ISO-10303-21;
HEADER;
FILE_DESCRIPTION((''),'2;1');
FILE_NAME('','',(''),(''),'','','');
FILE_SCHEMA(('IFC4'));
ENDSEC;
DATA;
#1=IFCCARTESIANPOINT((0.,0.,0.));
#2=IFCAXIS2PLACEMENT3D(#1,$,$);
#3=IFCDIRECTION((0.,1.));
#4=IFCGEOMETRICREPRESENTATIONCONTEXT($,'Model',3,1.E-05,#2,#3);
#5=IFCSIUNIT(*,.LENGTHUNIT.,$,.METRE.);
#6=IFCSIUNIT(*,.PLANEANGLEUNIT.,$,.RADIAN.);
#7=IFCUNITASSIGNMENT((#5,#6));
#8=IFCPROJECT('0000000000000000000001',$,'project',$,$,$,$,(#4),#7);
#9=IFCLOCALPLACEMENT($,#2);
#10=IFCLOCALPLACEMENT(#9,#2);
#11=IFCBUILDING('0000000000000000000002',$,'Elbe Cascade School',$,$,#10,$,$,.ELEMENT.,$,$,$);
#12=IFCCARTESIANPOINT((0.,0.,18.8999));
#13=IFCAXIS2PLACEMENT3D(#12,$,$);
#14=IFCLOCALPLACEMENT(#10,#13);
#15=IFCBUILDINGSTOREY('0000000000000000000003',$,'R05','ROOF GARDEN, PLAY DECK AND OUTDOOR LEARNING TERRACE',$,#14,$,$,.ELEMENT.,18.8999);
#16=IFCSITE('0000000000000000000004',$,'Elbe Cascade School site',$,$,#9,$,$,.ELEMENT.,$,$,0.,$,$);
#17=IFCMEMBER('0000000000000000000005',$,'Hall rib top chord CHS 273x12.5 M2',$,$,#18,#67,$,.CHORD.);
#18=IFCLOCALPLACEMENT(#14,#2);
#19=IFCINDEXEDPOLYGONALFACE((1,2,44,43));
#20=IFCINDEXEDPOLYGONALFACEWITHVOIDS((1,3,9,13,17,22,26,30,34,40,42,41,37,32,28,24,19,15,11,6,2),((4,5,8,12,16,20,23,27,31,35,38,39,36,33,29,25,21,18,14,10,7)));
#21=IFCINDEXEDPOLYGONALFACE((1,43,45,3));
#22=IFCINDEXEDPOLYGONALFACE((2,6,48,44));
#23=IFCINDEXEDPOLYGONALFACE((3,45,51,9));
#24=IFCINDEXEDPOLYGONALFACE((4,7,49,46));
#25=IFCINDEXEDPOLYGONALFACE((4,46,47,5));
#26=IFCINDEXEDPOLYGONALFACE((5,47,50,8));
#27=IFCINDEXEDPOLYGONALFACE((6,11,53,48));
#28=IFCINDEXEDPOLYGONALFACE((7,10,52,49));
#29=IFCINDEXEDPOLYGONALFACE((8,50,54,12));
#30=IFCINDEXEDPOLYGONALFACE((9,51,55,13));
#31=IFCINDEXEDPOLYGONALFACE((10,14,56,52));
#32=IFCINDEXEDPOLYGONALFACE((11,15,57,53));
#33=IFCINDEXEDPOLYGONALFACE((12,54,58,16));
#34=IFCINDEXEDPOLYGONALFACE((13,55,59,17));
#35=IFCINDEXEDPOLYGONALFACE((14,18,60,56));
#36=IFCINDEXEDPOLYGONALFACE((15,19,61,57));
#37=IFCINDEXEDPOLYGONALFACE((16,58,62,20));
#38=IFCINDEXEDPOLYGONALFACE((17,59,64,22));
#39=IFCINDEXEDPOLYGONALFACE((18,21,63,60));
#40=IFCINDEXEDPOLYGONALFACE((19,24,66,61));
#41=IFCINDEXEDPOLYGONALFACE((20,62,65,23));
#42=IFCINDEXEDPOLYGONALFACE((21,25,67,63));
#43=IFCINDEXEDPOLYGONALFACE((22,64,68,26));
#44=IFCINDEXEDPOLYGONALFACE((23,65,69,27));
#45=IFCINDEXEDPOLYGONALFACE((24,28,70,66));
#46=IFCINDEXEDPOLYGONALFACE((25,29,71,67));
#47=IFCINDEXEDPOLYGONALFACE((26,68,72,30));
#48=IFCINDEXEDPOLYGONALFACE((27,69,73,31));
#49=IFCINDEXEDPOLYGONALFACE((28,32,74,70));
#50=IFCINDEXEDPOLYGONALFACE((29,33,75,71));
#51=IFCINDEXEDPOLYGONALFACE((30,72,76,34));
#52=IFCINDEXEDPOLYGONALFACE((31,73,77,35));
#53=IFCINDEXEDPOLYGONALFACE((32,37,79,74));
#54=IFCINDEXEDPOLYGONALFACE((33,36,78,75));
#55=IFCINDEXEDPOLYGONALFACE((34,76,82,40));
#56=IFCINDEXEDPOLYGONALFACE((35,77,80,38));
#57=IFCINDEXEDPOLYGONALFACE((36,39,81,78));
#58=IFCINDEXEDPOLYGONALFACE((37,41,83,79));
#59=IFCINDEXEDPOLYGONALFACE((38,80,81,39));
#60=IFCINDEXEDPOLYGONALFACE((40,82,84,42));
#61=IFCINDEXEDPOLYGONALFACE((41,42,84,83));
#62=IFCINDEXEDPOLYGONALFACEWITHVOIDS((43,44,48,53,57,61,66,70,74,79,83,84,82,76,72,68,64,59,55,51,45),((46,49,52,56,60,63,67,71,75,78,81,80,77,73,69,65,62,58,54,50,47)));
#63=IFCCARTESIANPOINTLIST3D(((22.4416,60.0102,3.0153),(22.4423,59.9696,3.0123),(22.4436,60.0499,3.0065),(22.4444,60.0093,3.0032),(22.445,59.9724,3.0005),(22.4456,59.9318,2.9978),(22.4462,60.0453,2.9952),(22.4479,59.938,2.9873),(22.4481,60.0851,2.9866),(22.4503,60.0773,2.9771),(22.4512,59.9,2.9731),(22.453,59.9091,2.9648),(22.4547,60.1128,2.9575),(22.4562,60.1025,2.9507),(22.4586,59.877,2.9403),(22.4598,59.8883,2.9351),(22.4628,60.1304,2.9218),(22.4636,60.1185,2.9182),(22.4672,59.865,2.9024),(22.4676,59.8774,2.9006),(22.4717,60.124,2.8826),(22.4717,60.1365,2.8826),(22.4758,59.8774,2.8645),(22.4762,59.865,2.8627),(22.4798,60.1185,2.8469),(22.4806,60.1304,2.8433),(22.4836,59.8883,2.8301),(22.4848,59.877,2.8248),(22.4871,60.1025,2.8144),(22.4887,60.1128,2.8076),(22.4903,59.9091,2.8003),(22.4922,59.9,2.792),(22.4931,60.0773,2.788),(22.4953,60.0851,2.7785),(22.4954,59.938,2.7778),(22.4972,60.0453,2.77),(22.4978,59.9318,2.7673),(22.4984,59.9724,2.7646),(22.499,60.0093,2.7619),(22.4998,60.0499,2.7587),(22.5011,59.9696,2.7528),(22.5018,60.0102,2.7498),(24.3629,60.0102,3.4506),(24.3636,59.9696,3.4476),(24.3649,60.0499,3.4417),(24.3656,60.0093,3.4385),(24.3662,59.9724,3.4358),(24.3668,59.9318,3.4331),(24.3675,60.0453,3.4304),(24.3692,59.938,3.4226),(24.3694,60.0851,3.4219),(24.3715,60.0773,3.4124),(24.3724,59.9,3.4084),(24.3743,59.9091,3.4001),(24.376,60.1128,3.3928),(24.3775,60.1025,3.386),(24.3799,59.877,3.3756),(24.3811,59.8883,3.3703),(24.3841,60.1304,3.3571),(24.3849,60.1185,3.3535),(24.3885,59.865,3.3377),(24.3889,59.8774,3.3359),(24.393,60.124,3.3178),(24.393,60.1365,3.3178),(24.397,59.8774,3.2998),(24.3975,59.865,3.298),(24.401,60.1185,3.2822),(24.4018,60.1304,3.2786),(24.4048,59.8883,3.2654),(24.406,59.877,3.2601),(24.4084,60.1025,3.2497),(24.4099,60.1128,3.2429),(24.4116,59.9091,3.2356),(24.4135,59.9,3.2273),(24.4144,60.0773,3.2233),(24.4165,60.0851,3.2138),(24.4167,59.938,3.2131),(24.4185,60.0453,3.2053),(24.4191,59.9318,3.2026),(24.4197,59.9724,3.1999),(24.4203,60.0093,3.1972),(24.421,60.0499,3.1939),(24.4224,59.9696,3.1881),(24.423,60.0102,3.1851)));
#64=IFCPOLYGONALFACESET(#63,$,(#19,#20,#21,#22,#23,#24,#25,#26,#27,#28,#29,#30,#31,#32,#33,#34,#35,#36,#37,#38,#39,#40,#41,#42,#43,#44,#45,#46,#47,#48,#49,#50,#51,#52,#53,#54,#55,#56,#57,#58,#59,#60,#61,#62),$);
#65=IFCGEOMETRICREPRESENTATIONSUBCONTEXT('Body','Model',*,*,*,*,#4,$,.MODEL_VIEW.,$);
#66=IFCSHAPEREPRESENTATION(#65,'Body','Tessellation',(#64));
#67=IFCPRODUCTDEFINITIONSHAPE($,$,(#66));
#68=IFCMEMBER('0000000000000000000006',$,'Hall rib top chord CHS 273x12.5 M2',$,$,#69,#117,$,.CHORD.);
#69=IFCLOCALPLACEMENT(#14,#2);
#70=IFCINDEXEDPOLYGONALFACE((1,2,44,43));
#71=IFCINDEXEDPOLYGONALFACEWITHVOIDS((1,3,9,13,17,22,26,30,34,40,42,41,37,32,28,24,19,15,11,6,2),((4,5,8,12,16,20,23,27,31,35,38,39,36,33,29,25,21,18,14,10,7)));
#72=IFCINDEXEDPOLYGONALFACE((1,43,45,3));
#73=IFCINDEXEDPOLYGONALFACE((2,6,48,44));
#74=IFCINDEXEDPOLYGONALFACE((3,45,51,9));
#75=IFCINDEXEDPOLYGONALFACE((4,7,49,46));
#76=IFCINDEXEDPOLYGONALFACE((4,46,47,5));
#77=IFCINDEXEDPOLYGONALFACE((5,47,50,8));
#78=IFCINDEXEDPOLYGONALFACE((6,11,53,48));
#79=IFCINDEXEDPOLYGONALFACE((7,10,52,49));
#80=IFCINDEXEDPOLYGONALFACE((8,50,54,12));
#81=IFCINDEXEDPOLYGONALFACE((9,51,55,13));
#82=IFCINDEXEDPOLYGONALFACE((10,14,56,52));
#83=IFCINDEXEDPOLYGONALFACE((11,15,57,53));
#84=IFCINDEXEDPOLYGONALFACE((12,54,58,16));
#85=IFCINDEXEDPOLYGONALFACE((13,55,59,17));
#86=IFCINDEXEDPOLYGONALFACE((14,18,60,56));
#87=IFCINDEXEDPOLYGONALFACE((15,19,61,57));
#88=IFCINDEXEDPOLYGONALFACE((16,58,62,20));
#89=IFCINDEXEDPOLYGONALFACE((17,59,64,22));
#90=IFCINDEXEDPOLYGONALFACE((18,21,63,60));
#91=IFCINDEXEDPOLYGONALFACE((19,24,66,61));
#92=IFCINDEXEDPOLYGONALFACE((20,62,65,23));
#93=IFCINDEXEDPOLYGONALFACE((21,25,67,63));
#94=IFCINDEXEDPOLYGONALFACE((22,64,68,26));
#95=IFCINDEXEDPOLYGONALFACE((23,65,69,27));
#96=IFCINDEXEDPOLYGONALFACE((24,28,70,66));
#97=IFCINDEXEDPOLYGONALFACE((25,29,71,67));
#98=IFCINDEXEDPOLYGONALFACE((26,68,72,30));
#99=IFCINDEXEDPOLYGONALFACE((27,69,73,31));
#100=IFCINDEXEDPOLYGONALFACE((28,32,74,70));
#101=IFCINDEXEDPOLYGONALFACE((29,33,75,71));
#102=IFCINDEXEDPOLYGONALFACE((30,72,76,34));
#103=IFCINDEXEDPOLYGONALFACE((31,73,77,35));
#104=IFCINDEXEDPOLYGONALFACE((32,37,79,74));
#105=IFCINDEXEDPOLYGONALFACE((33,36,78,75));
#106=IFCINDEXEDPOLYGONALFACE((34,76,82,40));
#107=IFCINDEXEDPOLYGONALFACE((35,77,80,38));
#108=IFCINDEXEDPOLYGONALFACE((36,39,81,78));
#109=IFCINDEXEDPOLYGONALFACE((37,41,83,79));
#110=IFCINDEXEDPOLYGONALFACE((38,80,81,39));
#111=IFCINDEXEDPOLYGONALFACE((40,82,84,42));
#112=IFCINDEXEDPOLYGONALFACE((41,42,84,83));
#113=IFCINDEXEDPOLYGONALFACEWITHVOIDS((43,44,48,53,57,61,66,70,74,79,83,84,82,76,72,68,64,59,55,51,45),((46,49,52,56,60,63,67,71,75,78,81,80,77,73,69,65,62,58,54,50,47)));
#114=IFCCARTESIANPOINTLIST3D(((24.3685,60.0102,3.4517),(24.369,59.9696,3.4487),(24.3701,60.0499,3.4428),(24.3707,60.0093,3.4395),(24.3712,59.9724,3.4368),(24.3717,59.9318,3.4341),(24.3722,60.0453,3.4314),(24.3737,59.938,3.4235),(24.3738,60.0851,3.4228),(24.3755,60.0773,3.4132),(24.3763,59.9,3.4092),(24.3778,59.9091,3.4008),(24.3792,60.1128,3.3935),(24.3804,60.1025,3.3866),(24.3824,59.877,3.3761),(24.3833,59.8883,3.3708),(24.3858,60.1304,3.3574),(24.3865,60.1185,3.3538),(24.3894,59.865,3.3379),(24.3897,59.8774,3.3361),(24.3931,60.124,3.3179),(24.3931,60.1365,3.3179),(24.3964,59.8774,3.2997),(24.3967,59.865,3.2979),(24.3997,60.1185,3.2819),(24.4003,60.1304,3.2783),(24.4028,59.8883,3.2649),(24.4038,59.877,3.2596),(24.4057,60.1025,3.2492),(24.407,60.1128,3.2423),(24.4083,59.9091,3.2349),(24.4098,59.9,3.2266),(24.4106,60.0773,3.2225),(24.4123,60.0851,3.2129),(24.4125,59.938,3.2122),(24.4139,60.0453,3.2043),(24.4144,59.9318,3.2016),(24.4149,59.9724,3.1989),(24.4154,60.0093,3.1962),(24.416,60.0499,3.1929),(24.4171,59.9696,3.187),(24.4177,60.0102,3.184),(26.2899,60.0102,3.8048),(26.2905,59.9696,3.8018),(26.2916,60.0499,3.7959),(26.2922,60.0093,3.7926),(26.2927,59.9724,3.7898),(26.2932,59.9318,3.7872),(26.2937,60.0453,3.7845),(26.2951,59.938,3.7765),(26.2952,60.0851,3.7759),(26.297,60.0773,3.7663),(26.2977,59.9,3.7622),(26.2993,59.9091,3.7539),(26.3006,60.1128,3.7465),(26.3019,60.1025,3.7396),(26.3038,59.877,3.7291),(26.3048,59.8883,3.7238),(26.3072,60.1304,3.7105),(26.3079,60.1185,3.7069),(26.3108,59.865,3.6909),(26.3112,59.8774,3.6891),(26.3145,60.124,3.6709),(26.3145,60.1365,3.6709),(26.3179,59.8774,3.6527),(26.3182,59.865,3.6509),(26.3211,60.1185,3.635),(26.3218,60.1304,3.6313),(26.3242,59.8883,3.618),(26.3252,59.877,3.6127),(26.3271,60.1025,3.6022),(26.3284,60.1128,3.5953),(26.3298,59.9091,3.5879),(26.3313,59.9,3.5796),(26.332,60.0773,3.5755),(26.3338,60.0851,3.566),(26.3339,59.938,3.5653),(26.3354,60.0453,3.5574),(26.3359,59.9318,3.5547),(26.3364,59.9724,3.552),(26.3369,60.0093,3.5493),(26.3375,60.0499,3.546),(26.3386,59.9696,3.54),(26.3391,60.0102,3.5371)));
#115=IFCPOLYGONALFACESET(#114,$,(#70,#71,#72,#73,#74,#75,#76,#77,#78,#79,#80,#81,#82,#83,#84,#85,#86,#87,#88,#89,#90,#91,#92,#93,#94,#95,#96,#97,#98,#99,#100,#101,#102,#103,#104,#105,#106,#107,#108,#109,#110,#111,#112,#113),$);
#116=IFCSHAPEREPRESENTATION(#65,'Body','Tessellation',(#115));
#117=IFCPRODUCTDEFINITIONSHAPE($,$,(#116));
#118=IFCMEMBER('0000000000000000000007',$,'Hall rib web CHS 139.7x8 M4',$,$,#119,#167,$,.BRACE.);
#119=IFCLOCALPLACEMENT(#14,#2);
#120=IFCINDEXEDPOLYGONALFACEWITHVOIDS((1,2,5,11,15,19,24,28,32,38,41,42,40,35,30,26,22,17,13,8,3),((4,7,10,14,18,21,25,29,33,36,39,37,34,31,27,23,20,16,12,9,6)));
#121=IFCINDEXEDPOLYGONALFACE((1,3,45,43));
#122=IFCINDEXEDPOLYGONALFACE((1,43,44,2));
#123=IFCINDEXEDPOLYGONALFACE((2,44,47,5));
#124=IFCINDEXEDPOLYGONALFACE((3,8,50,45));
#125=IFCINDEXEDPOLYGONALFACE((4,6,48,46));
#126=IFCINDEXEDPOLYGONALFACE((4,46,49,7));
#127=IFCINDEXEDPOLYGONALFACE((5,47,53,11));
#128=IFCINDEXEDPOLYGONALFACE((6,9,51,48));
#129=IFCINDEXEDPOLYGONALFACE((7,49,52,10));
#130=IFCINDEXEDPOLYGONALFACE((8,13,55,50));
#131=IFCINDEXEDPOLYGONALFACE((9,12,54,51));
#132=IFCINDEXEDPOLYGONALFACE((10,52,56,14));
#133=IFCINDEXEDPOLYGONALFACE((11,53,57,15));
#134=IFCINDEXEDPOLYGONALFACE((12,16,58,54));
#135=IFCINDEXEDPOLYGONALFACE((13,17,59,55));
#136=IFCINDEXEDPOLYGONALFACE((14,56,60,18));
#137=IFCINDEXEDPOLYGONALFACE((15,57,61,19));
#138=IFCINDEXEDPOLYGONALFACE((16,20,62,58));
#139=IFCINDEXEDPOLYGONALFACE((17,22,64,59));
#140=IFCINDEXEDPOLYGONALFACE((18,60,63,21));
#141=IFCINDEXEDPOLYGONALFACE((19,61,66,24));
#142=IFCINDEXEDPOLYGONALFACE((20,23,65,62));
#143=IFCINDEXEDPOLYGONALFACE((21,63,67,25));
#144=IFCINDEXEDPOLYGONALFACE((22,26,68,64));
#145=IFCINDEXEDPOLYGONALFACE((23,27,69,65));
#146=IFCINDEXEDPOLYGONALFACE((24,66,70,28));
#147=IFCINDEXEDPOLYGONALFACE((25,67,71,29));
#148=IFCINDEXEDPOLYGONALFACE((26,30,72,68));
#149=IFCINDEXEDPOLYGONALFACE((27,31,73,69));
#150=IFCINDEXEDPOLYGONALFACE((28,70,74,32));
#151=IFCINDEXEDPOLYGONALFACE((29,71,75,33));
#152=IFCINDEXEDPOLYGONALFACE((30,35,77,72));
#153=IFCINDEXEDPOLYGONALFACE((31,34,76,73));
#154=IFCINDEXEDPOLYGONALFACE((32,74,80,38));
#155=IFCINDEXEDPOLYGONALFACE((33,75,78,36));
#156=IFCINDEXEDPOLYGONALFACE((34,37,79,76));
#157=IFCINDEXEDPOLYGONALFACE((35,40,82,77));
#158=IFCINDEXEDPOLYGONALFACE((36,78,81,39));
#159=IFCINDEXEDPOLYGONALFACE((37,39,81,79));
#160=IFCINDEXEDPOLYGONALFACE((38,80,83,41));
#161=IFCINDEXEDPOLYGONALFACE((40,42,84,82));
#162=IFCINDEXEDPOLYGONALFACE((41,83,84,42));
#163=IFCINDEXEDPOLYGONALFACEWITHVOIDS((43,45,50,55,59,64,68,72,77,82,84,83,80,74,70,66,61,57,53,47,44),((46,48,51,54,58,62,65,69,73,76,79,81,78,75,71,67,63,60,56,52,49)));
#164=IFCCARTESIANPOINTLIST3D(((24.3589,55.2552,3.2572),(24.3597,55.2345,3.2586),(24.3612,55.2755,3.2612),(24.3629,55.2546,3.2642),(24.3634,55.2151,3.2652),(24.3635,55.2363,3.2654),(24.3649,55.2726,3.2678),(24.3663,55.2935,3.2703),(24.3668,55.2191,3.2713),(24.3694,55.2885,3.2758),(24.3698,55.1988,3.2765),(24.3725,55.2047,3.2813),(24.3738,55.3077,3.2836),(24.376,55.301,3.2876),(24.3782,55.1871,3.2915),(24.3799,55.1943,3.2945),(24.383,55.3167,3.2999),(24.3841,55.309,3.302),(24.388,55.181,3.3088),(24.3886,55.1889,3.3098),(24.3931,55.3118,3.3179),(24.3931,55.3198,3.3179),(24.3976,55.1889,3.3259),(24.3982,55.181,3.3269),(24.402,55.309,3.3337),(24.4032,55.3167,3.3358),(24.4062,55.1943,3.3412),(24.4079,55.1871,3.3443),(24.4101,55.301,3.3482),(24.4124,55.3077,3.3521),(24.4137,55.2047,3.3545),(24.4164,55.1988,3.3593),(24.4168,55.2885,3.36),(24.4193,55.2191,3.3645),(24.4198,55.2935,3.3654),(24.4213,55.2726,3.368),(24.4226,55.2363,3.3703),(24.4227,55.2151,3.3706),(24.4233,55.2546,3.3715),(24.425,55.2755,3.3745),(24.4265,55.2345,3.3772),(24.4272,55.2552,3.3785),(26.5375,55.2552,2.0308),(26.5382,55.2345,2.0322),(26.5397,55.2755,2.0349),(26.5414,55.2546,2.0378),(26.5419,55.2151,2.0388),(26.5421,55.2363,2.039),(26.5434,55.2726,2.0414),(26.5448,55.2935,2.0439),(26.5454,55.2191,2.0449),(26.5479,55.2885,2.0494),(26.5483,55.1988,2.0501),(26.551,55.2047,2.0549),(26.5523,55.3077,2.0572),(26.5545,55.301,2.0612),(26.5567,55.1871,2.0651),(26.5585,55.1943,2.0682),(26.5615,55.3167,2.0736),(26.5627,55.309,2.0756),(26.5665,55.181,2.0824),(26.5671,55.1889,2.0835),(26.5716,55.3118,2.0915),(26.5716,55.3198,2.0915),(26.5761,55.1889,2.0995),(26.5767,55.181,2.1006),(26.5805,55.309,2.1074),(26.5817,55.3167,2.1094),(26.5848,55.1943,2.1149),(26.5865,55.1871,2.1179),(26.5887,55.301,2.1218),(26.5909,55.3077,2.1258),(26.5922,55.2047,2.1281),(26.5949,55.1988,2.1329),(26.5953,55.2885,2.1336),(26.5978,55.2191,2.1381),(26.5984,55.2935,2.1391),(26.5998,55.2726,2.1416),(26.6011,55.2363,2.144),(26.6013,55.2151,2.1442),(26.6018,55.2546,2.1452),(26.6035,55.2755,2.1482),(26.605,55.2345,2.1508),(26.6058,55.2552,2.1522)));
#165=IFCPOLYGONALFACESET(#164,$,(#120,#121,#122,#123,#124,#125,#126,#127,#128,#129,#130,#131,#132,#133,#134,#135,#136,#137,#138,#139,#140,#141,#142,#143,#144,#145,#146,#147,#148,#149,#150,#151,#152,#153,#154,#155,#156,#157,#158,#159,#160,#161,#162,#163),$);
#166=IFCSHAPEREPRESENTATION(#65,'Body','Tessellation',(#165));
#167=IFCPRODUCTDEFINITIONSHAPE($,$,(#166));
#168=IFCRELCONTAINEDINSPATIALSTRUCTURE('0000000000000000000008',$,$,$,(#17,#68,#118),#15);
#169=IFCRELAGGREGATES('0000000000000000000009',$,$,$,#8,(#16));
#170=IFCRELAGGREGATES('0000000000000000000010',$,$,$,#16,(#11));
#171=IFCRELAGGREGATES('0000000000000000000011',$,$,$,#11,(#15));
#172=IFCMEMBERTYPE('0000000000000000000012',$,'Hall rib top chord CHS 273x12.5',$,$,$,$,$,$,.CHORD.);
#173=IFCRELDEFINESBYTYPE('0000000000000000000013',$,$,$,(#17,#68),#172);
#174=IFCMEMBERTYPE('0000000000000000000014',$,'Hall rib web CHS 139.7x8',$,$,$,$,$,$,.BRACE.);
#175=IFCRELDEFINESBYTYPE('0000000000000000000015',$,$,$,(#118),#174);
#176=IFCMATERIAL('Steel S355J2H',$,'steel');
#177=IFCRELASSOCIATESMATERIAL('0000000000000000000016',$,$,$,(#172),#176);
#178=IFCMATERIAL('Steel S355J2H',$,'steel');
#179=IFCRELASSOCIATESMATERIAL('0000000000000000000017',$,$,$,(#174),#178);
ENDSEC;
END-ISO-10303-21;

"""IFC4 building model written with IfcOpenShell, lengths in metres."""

from ifc_helpers import new_model, si_unit, direction, frame, origin, origin_2d, place, context, subcontext, project, spatial, hollow_circle, extrude, material, material_profile, profile_set, type_object, element, save


model = new_model("IFC4")

# Units and contexts
model_context = context("Model", 3, precision=1e-05, world=origin(), true_north=direction((0.0, 1.0)))
body_context = subcontext(model_context, "Body", "Model", "MODEL_VIEW")
ifc_project = project(units=[si_unit("LENGTHUNIT", "METRE"), si_unit("PLANEANGLEUNIT", "RADIAN")], contexts=[model_context])

# Site, building, storey
site_placement = place(None, origin())
site = spatial("IfcSite", under=ifc_project, at=site_placement, Name="Elbe Cascade School site", CompositionType="ELEMENT", RefElevation=0.0)
building_placement = place(site_placement, origin())
building = spatial("IfcBuilding", under=site, at=building_placement, Name="Elbe Cascade School", CompositionType="ELEMENT")
storey_placement = place(building_placement, frame((0.0, 0.0, 18.8999)))
storey = spatial("IfcBuildingStorey", under=building, at=storey_placement, Name="R05", Description="ROOF GARDEN, PLAY DECK AND OUTDOOR LEARNING TERRACE", CompositionType="ELEMENT", Elevation=18.8999)

# Members
ifc_material_1 = material(Name="Steel S355J2H", Category="steel")
ifc_material_profile_1 = material_profile(ifc_material_1, hollow_circle(Radius=0.1365, WallThickness=0.0125, at=origin_2d()), Name="CHS 273x12.5")
ifc_profile_set_1 = profile_set([ifc_material_profile_1], Name="Steel S355J2H")
member_type_1 = type_object("IfcMemberType", Name="Hall rib top chord CHS 273x12.5", PredefinedType="CHORD", material=ifc_profile_set_1)
member_1_placement = place(storey_placement, frame((22.4717, 60.0, 2.8826), z_axis=(0.975284, 0.0, 0.220957), x_axis=(0.0, 1.0, 0.0)))
element("IfcMember", 1, at=member_1_placement, inside=storey, type_object=member_type_1, Name="Hall rib top chord CHS 273x12.5 M2", PredefinedType="CHORD", context=body_context, shape_type="SweptSolid", body=[
    extrude(hollow_circle(Radius=0.1365, WallThickness=0.0125, at=origin_2d()), origin(), (0.0, 0.0, 1.0), 1.97),
])
member_2_placement = place(storey_placement, frame((24.3931, 60.0, 3.3179), z_axis=(0.983536, 0.0, 0.180711), x_axis=(0.0, 1.0, 0.0)))
element("IfcMember", 2, at=member_2_placement, inside=storey, type_object=member_type_1, Name="Hall rib top chord CHS 273x12.5 M2", PredefinedType="CHORD", context=body_context, shape_type="SweptSolid", body=[
    extrude(hollow_circle(Radius=0.1365, WallThickness=0.0125, at=origin_2d()), origin(), (0.0, 0.0, 1.0), 1.9536),
])
ifc_material_2 = material(Name="Steel S355J2H", Category="steel")
ifc_material_profile_2 = material_profile(ifc_material_2, hollow_circle(Radius=0.0698, WallThickness=0.0081, at=origin_2d()), Name="CHS 139.7x8")
ifc_profile_set_2 = profile_set([ifc_material_profile_2], Name="Steel S355J2H")
member_type_2 = type_object("IfcMemberType", Name="Hall rib web CHS 139.7x8", PredefinedType="BRACE", material=ifc_profile_set_2)
member_3_placement = place(storey_placement, frame((24.3931, 55.25, 3.3179), z_axis=(0.871416, 0.0, -0.490544), x_axis=(0.0, 1.0, 0.0)))
element("IfcMember", 3, at=member_3_placement, inside=storey, type_object=member_type_2, Name="Hall rib web CHS 139.7x8 M4", PredefinedType="BRACE", context=body_context, shape_type="SweptSolid", body=[
    extrude(hollow_circle(Radius=0.0698, WallThickness=0.0081, at=origin_2d()), origin(), (0.0, 0.0, 1.0), 2.5),
])

save(model, "model.ifc")
